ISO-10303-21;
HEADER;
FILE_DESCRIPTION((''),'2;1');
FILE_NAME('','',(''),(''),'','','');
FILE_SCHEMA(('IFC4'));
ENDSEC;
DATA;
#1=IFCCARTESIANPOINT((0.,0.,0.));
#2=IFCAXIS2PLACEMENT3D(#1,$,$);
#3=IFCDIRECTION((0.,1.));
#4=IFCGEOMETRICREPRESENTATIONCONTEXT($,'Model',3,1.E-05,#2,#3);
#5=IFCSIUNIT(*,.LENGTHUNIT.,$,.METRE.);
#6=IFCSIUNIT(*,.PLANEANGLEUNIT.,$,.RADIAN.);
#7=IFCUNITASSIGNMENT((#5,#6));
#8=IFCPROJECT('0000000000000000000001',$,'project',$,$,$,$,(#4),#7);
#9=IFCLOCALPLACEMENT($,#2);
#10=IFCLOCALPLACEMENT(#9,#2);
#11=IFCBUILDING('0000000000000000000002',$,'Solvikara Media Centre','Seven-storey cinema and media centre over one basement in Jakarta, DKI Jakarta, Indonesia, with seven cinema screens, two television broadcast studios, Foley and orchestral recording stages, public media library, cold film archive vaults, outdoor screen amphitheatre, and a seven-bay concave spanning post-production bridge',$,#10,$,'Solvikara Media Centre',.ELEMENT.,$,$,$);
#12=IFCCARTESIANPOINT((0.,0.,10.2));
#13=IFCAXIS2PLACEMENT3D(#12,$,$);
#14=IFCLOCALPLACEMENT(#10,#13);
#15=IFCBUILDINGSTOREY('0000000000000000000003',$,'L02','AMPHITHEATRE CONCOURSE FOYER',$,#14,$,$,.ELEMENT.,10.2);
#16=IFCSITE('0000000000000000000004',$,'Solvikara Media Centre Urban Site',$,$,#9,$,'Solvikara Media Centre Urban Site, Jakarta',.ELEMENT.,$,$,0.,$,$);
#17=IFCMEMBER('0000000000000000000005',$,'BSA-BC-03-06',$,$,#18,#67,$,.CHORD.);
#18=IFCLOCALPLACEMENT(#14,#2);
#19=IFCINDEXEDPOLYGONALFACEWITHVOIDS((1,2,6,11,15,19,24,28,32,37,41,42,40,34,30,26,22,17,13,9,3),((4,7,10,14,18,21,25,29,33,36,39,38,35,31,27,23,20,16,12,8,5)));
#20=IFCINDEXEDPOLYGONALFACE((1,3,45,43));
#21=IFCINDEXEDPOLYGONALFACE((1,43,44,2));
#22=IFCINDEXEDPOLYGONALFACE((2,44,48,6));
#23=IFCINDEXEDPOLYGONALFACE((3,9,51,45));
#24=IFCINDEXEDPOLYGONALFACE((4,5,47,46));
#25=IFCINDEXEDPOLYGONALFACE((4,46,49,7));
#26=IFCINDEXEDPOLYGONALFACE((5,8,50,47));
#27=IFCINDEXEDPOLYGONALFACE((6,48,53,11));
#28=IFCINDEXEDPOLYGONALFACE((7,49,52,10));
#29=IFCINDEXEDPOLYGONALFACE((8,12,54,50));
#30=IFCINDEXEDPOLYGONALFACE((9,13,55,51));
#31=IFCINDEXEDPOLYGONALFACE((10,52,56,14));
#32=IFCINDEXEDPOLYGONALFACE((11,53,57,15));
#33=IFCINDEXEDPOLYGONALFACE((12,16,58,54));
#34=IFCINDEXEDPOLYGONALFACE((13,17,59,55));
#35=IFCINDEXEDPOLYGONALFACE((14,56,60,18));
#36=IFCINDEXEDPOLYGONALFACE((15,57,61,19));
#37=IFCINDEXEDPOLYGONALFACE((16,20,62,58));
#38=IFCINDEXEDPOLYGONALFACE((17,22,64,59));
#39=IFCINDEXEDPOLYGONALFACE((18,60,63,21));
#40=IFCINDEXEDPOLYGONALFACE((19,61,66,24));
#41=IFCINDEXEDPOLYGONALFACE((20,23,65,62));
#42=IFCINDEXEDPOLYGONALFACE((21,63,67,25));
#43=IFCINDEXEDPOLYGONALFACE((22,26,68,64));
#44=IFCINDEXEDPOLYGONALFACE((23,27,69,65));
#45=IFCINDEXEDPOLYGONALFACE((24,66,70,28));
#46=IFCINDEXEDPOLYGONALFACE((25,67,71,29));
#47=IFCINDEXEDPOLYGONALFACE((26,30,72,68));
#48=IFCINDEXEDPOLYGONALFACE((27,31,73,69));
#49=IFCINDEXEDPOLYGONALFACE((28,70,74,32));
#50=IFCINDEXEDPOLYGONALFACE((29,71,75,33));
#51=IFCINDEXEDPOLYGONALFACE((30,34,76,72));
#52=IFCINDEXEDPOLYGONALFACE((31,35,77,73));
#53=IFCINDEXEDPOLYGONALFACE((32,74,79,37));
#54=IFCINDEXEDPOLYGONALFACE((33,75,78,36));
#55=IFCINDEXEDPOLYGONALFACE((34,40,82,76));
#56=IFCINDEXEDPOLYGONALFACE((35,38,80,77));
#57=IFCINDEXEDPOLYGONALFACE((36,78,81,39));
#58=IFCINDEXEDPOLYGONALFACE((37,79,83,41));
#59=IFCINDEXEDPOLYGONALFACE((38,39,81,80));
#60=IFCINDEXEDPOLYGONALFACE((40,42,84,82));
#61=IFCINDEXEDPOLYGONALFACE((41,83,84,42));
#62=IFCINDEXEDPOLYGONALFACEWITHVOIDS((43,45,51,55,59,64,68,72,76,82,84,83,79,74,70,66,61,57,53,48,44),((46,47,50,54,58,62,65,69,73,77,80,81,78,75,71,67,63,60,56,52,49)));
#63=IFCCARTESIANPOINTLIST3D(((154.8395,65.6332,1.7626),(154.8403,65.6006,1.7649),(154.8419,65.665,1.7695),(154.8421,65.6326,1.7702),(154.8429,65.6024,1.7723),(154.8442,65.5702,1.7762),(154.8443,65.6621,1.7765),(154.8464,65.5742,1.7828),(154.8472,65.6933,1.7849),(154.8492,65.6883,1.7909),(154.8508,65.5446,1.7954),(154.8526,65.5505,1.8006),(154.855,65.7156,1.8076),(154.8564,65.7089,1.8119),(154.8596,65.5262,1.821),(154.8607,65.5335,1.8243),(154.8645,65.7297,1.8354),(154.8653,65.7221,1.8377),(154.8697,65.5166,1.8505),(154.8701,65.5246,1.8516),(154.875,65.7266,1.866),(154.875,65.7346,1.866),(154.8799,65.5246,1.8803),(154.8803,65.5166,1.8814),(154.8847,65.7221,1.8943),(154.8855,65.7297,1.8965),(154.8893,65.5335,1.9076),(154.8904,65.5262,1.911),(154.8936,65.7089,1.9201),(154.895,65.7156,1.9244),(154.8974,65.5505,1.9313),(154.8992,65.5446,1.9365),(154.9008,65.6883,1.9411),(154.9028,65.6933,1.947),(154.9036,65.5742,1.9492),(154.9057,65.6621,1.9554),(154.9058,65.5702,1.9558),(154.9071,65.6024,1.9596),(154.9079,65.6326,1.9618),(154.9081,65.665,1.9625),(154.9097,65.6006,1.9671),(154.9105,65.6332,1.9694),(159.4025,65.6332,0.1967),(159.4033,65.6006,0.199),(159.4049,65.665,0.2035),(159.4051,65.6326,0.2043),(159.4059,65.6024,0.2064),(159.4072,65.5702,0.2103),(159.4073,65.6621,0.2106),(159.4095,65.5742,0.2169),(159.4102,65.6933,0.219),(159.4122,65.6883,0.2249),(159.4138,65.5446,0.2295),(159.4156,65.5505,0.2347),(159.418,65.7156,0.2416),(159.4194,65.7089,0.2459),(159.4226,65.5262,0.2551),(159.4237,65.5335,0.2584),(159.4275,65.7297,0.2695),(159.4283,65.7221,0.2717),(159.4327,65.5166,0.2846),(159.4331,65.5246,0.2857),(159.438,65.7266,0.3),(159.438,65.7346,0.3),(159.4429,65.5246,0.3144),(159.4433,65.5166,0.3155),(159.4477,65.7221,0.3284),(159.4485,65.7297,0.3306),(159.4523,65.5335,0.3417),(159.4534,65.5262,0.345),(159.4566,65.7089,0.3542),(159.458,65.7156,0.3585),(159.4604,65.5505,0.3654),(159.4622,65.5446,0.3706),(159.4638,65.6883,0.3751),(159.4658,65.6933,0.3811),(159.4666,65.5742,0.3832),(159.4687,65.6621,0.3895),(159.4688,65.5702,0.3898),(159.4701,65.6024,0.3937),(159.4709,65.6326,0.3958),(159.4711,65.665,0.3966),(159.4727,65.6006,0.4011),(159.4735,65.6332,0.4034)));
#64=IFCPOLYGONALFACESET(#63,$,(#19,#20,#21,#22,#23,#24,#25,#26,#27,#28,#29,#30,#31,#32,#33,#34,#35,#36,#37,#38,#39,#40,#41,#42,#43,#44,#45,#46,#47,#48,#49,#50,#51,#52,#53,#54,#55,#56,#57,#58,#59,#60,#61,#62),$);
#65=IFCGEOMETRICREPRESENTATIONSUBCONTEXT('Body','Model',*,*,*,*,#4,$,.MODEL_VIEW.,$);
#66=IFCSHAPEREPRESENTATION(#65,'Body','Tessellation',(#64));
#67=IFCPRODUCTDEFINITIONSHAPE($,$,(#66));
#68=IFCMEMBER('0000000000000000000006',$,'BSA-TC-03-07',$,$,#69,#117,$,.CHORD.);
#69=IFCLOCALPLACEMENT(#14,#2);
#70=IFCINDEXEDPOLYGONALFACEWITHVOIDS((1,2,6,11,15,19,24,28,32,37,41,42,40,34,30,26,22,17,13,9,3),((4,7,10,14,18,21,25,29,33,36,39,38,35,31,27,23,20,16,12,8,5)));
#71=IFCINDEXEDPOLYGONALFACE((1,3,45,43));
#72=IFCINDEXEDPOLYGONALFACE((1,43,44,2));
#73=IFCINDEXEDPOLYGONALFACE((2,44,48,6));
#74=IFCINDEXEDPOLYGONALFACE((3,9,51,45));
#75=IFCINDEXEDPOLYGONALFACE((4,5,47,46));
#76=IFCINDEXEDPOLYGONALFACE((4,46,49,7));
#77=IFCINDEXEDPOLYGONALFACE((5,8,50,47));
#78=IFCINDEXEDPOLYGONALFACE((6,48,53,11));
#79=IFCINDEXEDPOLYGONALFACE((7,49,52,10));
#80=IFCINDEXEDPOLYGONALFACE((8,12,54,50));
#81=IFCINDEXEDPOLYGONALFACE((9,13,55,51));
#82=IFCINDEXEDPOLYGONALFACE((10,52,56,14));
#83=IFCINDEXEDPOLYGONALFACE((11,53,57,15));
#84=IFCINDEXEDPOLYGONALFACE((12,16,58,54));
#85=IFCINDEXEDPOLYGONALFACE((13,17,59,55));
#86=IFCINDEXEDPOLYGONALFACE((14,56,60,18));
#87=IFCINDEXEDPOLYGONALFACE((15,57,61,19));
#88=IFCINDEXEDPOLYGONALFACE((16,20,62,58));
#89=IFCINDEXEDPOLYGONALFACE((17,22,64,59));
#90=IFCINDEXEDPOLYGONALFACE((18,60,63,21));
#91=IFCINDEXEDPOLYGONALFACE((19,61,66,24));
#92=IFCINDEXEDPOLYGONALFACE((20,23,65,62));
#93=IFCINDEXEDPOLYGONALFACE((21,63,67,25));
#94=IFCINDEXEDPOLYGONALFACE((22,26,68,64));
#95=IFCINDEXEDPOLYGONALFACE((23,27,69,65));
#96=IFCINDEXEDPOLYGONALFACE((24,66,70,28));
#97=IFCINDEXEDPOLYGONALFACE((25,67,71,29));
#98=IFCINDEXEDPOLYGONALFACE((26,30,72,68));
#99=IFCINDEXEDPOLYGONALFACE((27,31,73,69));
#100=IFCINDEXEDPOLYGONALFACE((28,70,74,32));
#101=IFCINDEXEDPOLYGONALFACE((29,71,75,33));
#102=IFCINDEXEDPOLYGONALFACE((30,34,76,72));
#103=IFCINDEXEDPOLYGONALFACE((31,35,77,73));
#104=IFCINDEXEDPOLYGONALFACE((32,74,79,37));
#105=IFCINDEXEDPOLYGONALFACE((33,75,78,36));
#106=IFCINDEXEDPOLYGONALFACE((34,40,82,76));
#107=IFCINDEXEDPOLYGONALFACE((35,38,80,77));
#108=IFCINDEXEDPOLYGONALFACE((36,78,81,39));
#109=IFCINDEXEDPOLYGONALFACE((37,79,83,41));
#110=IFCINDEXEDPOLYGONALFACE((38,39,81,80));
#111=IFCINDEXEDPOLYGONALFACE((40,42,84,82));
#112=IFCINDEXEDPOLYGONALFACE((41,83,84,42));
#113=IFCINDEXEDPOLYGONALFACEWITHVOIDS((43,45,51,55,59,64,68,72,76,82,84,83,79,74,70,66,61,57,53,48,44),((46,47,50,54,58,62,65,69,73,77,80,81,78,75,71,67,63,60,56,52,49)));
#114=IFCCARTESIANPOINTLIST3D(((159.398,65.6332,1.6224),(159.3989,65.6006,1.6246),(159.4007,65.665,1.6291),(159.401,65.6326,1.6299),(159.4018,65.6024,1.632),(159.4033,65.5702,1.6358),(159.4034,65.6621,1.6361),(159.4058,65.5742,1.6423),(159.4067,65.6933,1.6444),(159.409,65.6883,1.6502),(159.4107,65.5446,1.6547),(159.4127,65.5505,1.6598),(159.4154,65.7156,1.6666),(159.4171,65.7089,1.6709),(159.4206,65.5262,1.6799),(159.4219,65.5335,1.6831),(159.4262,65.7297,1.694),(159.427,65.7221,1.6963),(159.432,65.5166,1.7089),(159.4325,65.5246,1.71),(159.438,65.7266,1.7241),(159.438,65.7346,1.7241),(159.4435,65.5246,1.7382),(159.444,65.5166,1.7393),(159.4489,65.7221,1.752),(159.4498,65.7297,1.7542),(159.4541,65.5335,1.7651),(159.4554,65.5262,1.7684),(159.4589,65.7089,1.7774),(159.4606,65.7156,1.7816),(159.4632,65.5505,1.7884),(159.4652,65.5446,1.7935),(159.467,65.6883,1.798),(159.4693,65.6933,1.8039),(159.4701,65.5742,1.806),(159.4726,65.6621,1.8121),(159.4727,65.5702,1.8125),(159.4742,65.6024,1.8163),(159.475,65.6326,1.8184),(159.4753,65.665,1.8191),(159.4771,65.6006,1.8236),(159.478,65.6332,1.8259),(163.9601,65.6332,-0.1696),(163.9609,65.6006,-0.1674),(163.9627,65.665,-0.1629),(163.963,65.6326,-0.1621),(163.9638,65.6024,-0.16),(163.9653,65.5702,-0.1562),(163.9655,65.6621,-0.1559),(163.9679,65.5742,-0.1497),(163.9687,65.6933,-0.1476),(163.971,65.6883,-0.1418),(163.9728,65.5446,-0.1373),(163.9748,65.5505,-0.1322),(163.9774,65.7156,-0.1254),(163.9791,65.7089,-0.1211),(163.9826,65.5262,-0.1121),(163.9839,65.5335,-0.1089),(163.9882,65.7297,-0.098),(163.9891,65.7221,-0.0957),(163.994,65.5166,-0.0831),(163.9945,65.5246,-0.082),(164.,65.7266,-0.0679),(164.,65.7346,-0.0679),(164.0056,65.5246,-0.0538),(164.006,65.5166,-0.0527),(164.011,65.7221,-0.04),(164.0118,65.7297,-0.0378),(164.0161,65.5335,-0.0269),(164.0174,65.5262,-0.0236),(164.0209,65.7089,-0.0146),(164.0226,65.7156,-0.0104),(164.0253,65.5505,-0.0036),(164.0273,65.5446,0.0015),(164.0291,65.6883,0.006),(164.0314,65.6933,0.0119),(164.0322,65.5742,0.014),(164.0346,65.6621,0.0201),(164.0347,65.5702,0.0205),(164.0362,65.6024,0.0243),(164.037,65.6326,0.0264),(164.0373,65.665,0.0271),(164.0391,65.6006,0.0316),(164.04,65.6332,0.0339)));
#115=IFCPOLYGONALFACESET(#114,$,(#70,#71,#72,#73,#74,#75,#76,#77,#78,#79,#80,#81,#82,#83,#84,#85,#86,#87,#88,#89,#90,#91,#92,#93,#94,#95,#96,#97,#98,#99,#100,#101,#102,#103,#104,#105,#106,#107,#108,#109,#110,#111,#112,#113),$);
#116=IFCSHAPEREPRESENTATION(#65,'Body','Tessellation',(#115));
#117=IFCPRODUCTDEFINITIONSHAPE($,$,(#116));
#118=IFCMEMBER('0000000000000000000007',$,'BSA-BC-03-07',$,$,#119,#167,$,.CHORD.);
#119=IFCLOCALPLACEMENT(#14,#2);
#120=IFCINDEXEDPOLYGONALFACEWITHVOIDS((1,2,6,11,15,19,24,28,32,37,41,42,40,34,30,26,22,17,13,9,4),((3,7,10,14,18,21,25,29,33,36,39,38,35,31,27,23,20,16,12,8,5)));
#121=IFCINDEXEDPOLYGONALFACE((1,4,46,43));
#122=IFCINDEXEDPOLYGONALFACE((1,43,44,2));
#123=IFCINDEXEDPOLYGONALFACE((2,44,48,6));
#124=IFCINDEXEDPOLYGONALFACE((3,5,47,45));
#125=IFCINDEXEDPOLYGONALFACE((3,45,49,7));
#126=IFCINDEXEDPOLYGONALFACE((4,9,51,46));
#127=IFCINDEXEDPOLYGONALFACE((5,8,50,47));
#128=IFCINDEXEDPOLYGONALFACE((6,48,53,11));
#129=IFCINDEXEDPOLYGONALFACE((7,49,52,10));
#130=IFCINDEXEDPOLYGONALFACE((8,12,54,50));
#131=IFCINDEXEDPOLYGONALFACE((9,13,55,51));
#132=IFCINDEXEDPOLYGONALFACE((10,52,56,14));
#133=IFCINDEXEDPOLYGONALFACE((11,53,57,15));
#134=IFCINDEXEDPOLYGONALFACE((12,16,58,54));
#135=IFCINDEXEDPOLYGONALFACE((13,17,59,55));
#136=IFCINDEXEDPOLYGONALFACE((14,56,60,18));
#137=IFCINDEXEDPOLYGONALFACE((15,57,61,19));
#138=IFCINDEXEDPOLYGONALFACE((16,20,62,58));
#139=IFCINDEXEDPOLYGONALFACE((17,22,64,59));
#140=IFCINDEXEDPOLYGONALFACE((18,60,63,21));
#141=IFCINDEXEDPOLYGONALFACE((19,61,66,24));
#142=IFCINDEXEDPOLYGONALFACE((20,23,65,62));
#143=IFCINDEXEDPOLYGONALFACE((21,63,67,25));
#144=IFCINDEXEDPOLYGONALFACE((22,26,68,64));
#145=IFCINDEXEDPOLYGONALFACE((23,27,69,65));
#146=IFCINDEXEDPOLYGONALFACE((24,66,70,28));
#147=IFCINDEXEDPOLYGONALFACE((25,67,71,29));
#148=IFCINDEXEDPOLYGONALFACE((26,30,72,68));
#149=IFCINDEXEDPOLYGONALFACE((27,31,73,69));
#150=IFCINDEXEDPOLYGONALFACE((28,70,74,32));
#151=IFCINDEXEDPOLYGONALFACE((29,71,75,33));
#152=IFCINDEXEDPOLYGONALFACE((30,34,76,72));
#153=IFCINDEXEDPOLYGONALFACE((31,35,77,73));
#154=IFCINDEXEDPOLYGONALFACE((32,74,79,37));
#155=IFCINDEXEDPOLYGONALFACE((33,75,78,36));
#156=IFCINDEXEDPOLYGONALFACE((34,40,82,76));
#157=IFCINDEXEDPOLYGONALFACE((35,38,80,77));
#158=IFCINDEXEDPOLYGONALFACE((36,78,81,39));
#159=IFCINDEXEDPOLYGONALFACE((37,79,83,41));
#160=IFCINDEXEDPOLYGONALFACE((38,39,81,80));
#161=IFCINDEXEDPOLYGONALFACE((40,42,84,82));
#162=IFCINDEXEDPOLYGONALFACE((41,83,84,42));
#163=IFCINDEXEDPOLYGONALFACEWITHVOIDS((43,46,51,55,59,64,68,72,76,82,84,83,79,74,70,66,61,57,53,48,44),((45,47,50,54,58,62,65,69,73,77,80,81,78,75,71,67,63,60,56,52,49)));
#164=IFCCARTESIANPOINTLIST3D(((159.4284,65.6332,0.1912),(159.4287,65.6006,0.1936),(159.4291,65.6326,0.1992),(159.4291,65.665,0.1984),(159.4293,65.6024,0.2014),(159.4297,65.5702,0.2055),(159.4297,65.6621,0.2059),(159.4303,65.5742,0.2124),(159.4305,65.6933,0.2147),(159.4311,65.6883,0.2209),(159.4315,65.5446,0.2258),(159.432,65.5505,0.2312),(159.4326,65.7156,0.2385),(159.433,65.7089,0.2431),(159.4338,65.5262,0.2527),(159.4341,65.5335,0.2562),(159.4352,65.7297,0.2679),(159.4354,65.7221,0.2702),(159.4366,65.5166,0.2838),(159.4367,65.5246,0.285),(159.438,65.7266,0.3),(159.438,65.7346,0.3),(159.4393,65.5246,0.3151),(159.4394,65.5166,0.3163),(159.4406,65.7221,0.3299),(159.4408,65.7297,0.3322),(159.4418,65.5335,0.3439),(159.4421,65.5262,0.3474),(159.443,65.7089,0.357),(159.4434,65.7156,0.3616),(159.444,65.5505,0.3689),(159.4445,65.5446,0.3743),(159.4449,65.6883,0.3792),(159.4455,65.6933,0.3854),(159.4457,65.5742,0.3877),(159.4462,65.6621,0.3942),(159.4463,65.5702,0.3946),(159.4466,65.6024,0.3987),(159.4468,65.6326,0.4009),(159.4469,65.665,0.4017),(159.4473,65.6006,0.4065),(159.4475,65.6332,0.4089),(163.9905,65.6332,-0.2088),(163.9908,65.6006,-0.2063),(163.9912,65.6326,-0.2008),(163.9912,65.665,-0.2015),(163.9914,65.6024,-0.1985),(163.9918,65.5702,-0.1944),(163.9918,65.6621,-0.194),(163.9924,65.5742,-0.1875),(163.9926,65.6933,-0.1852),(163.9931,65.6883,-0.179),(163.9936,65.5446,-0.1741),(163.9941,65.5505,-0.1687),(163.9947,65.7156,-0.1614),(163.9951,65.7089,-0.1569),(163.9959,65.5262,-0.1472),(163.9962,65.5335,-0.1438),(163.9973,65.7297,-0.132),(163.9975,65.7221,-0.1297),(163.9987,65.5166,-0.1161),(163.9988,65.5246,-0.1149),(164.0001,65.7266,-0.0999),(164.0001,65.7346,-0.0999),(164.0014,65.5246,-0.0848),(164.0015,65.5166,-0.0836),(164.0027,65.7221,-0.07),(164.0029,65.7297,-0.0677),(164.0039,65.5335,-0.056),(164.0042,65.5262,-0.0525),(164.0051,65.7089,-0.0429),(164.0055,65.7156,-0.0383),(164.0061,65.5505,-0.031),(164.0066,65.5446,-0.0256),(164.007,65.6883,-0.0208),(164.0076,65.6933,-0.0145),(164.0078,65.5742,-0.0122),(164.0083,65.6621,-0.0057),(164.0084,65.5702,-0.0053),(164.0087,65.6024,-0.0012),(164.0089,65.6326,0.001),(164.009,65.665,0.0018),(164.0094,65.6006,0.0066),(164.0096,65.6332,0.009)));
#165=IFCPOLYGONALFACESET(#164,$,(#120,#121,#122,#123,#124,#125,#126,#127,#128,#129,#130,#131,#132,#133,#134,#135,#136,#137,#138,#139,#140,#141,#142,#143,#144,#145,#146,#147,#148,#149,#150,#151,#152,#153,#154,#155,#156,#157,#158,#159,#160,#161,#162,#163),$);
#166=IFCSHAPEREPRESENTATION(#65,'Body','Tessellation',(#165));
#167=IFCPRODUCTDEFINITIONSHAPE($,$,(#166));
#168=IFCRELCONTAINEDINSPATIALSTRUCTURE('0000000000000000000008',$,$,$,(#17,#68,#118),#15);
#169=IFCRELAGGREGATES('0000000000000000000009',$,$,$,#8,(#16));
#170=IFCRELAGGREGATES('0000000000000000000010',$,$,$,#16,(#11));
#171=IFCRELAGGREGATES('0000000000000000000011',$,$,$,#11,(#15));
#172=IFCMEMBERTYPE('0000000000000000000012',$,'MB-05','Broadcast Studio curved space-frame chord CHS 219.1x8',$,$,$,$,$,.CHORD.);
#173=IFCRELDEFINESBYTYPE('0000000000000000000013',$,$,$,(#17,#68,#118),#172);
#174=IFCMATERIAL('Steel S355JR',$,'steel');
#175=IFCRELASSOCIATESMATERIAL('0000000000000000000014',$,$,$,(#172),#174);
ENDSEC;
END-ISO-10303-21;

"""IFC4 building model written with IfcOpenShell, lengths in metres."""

from ifc_helpers import new_model, si_unit, direction, frame, origin, origin_2d, place, context, subcontext, project, spatial, hollow_circle, extrude, material, material_profile, profile_set, type_object, element, save


model = new_model("IFC4")

# Units and contexts
model_context = context("Model", 3, precision=1e-05, world=origin(), true_north=direction((0.0, 1.0)))
body_context = subcontext(model_context, "Body", "Model", "MODEL_VIEW")
ifc_project = project(units=[si_unit("LENGTHUNIT", "METRE"), si_unit("PLANEANGLEUNIT", "RADIAN")], contexts=[model_context])

# Site, building, storey
site_placement = place(None, origin())
site = spatial("IfcSite", under=ifc_project, at=site_placement, Name="Solvikara Media Centre Urban Site", LongName="Solvikara Media Centre Urban Site, Jakarta", CompositionType="ELEMENT", RefElevation=0.0)
building_placement = place(site_placement, origin())
building = spatial("IfcBuilding", under=site, at=building_placement, Name="Solvikara Media Centre", Description="Seven-storey cinema and media centre over one basement in Jakarta, DKI Jakarta, Indonesia, with seven cinema screens, two television broadcast studios, Foley and orchestral recording stages, public media library, cold film archive vaults, outdoor screen amphitheatre, and a seven-bay concave spanning post-production bridge", LongName="Solvikara Media Centre", CompositionType="ELEMENT")
storey_placement = place(building_placement, frame((0.0, 0.0, 10.2)))
storey = spatial("IfcBuildingStorey", under=building, at=storey_placement, Name="L02", Description="AMPHITHEATRE CONCOURSE FOYER", CompositionType="ELEMENT", Elevation=10.2)

# Members
ifc_material_1 = material(Name="Steel S355JR", Category="steel")
ifc_material_profile_1 = material_profile(ifc_material_1, hollow_circle(Radius=0.1096, WallThickness=0.0081, at=origin_2d()), Name="CHS 219.1x8")
ifc_profile_set_1 = profile_set([ifc_material_profile_1], Name="Steel S355JR")
member_type_1 = type_object("IfcMemberType", Name="MB-05", Description="Broadcast Studio curved space-frame chord CHS 219.1x8", PredefinedType="CHORD", material=ifc_profile_set_1)
member_1_placement = place(storey_placement, frame((154.875, 65.625, 1.866), z_axis=(0.945853, 0.0, -0.324596), x_axis=(0.0, 1.0, 0.0)))
element("IfcMember", 1, at=member_1_placement, inside=storey, type_object=member_type_1, Name="BSA-BC-03-06", PredefinedType="CHORD", context=body_context, shape_type="SweptSolid", body=[
    extrude(hollow_circle(Radius=0.1096, WallThickness=0.0081, at=origin_2d()), origin(), (0.0, 0.0, 1.0), 4.8242),
])
member_2_placement = place(storey_placement, frame((159.438, 65.625, 1.7241), z_axis=(0.930767, 0.0, -0.365612), x_axis=(0.0, 1.0, 0.0)))
element("IfcMember", 2, at=member_2_placement, inside=storey, type_object=member_type_1, Name="BSA-TC-03-07", PredefinedType="CHORD", context=body_context, shape_type="SweptSolid", body=[
    extrude(hollow_circle(Radius=0.1096, WallThickness=0.0081, at=origin_2d()), origin(), (0.0, 0.0, 1.0), 4.9014),
])
member_3_placement = place(storey_placement, frame((159.438, 65.625, 0.3), z_axis=(0.99618, 0.0, -0.087324), x_axis=(0.0, 1.0, 0.0)))
element("IfcMember", 3, at=member_3_placement, inside=storey, type_object=member_type_1, Name="BSA-BC-03-07", PredefinedType="CHORD", context=body_context, shape_type="SweptSolid", body=[
    extrude(hollow_circle(Radius=0.1096, WallThickness=0.0081, at=origin_2d()), origin(), (0.0, 0.0, 1.0), 4.5796),
])

save(model, "model.ifc")
